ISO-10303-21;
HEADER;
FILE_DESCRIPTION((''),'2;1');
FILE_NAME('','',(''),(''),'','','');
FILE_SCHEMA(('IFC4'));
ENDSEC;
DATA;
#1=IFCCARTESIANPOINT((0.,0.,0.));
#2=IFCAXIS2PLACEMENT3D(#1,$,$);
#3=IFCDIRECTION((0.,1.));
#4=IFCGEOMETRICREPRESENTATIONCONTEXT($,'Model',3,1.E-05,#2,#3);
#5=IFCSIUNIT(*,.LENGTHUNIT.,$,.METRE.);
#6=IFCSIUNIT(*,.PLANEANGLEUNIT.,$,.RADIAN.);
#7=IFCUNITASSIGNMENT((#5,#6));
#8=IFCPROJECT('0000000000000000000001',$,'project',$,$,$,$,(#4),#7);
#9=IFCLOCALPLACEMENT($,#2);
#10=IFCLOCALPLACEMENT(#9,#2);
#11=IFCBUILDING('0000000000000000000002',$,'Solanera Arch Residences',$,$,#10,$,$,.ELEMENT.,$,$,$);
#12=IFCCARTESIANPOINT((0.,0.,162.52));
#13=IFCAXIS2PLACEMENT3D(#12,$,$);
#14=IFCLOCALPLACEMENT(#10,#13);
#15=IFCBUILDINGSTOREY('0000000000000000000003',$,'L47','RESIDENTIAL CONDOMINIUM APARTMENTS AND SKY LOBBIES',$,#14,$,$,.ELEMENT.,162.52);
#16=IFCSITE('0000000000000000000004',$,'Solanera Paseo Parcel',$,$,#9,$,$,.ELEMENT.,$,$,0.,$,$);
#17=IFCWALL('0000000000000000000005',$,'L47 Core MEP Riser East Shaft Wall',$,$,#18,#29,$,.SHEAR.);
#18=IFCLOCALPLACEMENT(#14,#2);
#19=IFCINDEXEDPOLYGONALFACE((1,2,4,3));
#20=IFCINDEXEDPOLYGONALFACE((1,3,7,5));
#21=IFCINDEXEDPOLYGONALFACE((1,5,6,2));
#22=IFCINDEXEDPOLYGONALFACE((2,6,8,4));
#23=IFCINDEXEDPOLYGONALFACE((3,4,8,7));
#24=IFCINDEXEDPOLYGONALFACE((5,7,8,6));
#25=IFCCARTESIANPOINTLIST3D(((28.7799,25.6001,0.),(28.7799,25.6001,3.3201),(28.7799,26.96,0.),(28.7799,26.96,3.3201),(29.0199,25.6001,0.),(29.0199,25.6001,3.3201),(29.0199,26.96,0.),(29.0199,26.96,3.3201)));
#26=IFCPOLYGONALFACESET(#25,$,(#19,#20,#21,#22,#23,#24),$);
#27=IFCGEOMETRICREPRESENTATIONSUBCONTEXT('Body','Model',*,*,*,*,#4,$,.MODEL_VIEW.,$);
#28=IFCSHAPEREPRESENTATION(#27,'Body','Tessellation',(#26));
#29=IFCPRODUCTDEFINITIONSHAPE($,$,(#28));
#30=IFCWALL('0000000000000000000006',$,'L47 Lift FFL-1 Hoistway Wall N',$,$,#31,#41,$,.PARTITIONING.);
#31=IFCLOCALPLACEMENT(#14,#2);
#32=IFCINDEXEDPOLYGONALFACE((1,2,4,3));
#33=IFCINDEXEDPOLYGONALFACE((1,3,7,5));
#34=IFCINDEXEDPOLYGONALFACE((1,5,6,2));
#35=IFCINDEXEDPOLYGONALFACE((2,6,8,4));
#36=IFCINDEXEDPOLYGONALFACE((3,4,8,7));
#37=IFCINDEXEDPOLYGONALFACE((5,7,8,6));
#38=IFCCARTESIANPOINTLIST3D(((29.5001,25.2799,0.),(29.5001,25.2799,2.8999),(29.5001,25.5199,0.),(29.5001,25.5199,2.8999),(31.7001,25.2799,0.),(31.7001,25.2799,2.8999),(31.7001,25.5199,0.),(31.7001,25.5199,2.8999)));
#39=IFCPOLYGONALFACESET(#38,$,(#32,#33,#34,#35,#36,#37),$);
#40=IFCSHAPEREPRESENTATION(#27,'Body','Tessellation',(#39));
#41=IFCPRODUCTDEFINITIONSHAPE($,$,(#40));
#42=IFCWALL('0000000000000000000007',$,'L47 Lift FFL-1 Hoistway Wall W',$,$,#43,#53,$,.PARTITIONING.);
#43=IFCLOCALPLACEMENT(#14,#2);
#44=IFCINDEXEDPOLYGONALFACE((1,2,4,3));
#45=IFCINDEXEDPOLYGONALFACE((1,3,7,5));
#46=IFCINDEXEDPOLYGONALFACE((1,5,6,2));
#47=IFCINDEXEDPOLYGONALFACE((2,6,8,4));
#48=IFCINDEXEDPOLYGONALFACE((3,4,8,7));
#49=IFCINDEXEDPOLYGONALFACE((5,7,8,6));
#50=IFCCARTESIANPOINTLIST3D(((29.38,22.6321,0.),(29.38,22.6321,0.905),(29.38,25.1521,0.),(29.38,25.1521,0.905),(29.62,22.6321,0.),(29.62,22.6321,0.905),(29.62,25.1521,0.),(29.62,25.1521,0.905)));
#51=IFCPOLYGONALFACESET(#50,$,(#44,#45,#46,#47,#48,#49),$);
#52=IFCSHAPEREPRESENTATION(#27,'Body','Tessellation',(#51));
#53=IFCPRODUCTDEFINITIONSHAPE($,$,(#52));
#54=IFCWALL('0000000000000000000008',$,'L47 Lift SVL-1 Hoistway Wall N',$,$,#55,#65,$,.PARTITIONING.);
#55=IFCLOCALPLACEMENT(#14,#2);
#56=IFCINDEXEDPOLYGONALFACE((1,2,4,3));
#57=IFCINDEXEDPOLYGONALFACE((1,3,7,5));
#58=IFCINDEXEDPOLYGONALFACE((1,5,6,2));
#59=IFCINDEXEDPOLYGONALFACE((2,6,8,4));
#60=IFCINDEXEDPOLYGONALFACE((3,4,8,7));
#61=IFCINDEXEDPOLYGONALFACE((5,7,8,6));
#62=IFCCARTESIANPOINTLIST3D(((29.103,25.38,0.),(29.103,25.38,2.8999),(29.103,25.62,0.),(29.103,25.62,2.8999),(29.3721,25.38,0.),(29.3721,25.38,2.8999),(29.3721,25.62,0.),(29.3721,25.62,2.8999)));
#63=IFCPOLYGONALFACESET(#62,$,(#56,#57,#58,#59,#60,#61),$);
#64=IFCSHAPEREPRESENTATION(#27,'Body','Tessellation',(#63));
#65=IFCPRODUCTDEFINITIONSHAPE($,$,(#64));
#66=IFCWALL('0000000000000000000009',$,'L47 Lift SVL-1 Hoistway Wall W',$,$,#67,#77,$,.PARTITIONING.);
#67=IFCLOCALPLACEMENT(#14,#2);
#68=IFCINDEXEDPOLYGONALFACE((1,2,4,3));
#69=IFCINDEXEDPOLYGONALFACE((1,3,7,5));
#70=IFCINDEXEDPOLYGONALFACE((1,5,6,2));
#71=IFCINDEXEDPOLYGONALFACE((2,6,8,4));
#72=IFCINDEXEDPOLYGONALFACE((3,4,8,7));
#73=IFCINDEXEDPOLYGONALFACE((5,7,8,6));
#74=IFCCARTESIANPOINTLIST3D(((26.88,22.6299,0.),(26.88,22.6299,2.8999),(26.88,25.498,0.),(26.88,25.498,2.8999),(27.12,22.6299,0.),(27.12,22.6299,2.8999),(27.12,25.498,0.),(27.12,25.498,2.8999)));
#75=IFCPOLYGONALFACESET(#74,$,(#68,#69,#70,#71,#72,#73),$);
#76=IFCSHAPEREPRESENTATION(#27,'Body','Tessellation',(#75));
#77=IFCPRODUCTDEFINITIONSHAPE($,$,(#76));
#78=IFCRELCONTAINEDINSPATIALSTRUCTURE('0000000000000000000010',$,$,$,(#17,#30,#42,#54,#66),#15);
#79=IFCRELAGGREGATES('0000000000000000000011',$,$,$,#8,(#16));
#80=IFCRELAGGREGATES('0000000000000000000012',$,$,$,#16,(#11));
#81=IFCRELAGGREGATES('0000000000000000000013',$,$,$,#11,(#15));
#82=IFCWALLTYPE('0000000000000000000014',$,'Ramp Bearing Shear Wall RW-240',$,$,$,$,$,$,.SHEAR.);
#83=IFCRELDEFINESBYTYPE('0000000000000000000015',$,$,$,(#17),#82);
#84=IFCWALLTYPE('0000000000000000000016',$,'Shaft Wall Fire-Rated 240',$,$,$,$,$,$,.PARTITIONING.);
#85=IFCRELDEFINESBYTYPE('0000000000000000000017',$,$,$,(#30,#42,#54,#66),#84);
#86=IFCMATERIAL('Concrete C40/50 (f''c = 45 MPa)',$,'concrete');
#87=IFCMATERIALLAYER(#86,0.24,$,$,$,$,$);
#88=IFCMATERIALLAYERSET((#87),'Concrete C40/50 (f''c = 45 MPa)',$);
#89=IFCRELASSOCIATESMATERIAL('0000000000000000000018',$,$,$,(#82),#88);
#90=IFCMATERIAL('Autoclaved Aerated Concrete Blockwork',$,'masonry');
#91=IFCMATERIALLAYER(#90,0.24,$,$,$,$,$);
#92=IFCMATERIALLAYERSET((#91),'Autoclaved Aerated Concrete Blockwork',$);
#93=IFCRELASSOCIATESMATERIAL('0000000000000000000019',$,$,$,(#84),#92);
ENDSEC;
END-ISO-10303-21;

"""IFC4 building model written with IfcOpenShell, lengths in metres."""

from ifc_helpers import new_model, si_unit, direction, frame, frame_2d, origin, place, context, subcontext, project, spatial, rectangle, extrude, material, layer, layer_set, type_object, element, save


model = new_model("IFC4")

# Units and contexts
model_context = context("Model", 3, precision=1e-05, world=origin(), true_north=direction((0.0, 1.0)))
body_context = subcontext(model_context, "Body", "Model", "MODEL_VIEW")
ifc_project = project(units=[si_unit("LENGTHUNIT", "METRE"), si_unit("PLANEANGLEUNIT", "RADIAN")], contexts=[model_context])

# Site, building, storey
site_placement = place(None, origin())
site = spatial("IfcSite", under=ifc_project, at=site_placement, Name="Solanera Paseo Parcel", CompositionType="ELEMENT", RefElevation=0.0)
building_placement = place(site_placement, origin())
building = spatial("IfcBuilding", under=site, at=building_placement, Name="Solanera Arch Residences", CompositionType="ELEMENT")
storey_placement = place(building_placement, frame((0.0, 0.0, 162.52)))
storey = spatial("IfcBuildingStorey", under=building, at=storey_placement, Name="L47", Description="RESIDENTIAL CONDOMINIUM APARTMENTS AND SKY LOBBIES", CompositionType="ELEMENT", Elevation=162.52)

# Walls
ifc_material_1 = material(Name="Concrete C40/50 (f'c = 45 MPa)", Category="concrete")
ifc_layer_1 = layer(ifc_material_1, 0.24)
ifc_layer_set_1 = layer_set([ifc_layer_1], Name="Concrete C40/50 (f'c = 45 MPa)")
wall_type_1 = type_object("IfcWallType", Name="Ramp Bearing Shear Wall RW-240", PredefinedType="SHEAR", material=ifc_layer_set_1)
for number, where, z_axis, x_axis, name in (
    (1, (28.8999, 25.6001, 0.0), (0.0, 0.0, 1.0), (0.0, 1.0, 0.0), "L47 Core MEP Riser East Shaft Wall"),
):
    element("IfcWall", number, at=place(storey_placement, frame(where, z_axis=z_axis, x_axis=x_axis)), inside=storey, type_object=wall_type_1, Name=name, PredefinedType="SHEAR", context=body_context, shape_type="SweptSolid", body=[
        extrude(rectangle(XDim=1.3599, YDim=0.24, at=frame_2d((0.6799, 0.0))), origin(), (0.0, 0.0, 1.0), 3.3201),
    ])
ifc_material_2 = material(Name="Autoclaved Aerated Concrete Blockwork", Category="masonry")
ifc_layer_2 = layer(ifc_material_2, 0.24)
ifc_layer_set_2 = layer_set([ifc_layer_2], Name="Autoclaved Aerated Concrete Blockwork")
wall_type_2 = type_object("IfcWallType", Name="Shaft Wall Fire-Rated 240", PredefinedType="PARTITIONING", material=ifc_layer_set_2)
wall_1_placement = place(storey_placement, frame((29.5, 25.3999, 0.0), z_axis=(0.0, 0.0, 1.0), x_axis=(1.0, 0.0, 0.0)))
element("IfcWall", 2, at=wall_1_placement, inside=storey, type_object=wall_type_2, Name="L47 Lift FFL-1 Hoistway Wall N", PredefinedType="PARTITIONING", context=body_context, shape_type="SweptSolid", body=[
    extrude(rectangle(XDim=2.2, YDim=0.24, at=frame_2d((1.1001, 0.0))), origin(), (0.0, 0.0, 1.0), 2.8999),
])
wall_2_placement = place(storey_placement, frame((29.5, 22.6321, 0.0), z_axis=(0.0, 0.0, 1.0), x_axis=(0.0, 1.0, 0.0)))
element("IfcWall", 3, at=wall_2_placement, inside=storey, type_object=wall_type_2, Name="L47 Lift FFL-1 Hoistway Wall W", PredefinedType="PARTITIONING", context=body_context, shape_type="SweptSolid", body=[
    extrude(rectangle(XDim=2.52, YDim=0.24, at=frame_2d((1.26, 0.0))), origin(), (0.0, 0.0, 1.0), 0.905),
])
wall_3_placement = place(storey_placement, frame((29.103, 25.5, 0.0), z_axis=(0.0, 0.0, 1.0), x_axis=(1.0, 0.0, 0.0)))
element("IfcWall", 4, at=wall_3_placement, inside=storey, type_object=wall_type_2, Name="L47 Lift SVL-1 Hoistway Wall N", PredefinedType="PARTITIONING", context=body_context, shape_type="SweptSolid", body=[
    extrude(rectangle(XDim=0.269, YDim=0.24, at=frame_2d((0.1345, 0.0))), origin(), (0.0, 0.0, 1.0), 2.8999),
])
wall_4_placement = place(storey_placement, frame((27.0, 22.6299, 0.0), z_axis=(0.0, 0.0, 1.0), x_axis=(0.0, 1.0, 0.0)))
element("IfcWall", 5, at=wall_4_placement, inside=storey, type_object=wall_type_2, Name="L47 Lift SVL-1 Hoistway Wall W", PredefinedType="PARTITIONING", context=body_context, shape_type="SweptSolid", body=[
    extrude(rectangle(XDim=2.8682, YDim=0.24, at=frame_2d((1.4341, 0.0))), origin(), (0.0, 0.0, 1.0), 2.8999),
])

save(model, "model.ifc")
